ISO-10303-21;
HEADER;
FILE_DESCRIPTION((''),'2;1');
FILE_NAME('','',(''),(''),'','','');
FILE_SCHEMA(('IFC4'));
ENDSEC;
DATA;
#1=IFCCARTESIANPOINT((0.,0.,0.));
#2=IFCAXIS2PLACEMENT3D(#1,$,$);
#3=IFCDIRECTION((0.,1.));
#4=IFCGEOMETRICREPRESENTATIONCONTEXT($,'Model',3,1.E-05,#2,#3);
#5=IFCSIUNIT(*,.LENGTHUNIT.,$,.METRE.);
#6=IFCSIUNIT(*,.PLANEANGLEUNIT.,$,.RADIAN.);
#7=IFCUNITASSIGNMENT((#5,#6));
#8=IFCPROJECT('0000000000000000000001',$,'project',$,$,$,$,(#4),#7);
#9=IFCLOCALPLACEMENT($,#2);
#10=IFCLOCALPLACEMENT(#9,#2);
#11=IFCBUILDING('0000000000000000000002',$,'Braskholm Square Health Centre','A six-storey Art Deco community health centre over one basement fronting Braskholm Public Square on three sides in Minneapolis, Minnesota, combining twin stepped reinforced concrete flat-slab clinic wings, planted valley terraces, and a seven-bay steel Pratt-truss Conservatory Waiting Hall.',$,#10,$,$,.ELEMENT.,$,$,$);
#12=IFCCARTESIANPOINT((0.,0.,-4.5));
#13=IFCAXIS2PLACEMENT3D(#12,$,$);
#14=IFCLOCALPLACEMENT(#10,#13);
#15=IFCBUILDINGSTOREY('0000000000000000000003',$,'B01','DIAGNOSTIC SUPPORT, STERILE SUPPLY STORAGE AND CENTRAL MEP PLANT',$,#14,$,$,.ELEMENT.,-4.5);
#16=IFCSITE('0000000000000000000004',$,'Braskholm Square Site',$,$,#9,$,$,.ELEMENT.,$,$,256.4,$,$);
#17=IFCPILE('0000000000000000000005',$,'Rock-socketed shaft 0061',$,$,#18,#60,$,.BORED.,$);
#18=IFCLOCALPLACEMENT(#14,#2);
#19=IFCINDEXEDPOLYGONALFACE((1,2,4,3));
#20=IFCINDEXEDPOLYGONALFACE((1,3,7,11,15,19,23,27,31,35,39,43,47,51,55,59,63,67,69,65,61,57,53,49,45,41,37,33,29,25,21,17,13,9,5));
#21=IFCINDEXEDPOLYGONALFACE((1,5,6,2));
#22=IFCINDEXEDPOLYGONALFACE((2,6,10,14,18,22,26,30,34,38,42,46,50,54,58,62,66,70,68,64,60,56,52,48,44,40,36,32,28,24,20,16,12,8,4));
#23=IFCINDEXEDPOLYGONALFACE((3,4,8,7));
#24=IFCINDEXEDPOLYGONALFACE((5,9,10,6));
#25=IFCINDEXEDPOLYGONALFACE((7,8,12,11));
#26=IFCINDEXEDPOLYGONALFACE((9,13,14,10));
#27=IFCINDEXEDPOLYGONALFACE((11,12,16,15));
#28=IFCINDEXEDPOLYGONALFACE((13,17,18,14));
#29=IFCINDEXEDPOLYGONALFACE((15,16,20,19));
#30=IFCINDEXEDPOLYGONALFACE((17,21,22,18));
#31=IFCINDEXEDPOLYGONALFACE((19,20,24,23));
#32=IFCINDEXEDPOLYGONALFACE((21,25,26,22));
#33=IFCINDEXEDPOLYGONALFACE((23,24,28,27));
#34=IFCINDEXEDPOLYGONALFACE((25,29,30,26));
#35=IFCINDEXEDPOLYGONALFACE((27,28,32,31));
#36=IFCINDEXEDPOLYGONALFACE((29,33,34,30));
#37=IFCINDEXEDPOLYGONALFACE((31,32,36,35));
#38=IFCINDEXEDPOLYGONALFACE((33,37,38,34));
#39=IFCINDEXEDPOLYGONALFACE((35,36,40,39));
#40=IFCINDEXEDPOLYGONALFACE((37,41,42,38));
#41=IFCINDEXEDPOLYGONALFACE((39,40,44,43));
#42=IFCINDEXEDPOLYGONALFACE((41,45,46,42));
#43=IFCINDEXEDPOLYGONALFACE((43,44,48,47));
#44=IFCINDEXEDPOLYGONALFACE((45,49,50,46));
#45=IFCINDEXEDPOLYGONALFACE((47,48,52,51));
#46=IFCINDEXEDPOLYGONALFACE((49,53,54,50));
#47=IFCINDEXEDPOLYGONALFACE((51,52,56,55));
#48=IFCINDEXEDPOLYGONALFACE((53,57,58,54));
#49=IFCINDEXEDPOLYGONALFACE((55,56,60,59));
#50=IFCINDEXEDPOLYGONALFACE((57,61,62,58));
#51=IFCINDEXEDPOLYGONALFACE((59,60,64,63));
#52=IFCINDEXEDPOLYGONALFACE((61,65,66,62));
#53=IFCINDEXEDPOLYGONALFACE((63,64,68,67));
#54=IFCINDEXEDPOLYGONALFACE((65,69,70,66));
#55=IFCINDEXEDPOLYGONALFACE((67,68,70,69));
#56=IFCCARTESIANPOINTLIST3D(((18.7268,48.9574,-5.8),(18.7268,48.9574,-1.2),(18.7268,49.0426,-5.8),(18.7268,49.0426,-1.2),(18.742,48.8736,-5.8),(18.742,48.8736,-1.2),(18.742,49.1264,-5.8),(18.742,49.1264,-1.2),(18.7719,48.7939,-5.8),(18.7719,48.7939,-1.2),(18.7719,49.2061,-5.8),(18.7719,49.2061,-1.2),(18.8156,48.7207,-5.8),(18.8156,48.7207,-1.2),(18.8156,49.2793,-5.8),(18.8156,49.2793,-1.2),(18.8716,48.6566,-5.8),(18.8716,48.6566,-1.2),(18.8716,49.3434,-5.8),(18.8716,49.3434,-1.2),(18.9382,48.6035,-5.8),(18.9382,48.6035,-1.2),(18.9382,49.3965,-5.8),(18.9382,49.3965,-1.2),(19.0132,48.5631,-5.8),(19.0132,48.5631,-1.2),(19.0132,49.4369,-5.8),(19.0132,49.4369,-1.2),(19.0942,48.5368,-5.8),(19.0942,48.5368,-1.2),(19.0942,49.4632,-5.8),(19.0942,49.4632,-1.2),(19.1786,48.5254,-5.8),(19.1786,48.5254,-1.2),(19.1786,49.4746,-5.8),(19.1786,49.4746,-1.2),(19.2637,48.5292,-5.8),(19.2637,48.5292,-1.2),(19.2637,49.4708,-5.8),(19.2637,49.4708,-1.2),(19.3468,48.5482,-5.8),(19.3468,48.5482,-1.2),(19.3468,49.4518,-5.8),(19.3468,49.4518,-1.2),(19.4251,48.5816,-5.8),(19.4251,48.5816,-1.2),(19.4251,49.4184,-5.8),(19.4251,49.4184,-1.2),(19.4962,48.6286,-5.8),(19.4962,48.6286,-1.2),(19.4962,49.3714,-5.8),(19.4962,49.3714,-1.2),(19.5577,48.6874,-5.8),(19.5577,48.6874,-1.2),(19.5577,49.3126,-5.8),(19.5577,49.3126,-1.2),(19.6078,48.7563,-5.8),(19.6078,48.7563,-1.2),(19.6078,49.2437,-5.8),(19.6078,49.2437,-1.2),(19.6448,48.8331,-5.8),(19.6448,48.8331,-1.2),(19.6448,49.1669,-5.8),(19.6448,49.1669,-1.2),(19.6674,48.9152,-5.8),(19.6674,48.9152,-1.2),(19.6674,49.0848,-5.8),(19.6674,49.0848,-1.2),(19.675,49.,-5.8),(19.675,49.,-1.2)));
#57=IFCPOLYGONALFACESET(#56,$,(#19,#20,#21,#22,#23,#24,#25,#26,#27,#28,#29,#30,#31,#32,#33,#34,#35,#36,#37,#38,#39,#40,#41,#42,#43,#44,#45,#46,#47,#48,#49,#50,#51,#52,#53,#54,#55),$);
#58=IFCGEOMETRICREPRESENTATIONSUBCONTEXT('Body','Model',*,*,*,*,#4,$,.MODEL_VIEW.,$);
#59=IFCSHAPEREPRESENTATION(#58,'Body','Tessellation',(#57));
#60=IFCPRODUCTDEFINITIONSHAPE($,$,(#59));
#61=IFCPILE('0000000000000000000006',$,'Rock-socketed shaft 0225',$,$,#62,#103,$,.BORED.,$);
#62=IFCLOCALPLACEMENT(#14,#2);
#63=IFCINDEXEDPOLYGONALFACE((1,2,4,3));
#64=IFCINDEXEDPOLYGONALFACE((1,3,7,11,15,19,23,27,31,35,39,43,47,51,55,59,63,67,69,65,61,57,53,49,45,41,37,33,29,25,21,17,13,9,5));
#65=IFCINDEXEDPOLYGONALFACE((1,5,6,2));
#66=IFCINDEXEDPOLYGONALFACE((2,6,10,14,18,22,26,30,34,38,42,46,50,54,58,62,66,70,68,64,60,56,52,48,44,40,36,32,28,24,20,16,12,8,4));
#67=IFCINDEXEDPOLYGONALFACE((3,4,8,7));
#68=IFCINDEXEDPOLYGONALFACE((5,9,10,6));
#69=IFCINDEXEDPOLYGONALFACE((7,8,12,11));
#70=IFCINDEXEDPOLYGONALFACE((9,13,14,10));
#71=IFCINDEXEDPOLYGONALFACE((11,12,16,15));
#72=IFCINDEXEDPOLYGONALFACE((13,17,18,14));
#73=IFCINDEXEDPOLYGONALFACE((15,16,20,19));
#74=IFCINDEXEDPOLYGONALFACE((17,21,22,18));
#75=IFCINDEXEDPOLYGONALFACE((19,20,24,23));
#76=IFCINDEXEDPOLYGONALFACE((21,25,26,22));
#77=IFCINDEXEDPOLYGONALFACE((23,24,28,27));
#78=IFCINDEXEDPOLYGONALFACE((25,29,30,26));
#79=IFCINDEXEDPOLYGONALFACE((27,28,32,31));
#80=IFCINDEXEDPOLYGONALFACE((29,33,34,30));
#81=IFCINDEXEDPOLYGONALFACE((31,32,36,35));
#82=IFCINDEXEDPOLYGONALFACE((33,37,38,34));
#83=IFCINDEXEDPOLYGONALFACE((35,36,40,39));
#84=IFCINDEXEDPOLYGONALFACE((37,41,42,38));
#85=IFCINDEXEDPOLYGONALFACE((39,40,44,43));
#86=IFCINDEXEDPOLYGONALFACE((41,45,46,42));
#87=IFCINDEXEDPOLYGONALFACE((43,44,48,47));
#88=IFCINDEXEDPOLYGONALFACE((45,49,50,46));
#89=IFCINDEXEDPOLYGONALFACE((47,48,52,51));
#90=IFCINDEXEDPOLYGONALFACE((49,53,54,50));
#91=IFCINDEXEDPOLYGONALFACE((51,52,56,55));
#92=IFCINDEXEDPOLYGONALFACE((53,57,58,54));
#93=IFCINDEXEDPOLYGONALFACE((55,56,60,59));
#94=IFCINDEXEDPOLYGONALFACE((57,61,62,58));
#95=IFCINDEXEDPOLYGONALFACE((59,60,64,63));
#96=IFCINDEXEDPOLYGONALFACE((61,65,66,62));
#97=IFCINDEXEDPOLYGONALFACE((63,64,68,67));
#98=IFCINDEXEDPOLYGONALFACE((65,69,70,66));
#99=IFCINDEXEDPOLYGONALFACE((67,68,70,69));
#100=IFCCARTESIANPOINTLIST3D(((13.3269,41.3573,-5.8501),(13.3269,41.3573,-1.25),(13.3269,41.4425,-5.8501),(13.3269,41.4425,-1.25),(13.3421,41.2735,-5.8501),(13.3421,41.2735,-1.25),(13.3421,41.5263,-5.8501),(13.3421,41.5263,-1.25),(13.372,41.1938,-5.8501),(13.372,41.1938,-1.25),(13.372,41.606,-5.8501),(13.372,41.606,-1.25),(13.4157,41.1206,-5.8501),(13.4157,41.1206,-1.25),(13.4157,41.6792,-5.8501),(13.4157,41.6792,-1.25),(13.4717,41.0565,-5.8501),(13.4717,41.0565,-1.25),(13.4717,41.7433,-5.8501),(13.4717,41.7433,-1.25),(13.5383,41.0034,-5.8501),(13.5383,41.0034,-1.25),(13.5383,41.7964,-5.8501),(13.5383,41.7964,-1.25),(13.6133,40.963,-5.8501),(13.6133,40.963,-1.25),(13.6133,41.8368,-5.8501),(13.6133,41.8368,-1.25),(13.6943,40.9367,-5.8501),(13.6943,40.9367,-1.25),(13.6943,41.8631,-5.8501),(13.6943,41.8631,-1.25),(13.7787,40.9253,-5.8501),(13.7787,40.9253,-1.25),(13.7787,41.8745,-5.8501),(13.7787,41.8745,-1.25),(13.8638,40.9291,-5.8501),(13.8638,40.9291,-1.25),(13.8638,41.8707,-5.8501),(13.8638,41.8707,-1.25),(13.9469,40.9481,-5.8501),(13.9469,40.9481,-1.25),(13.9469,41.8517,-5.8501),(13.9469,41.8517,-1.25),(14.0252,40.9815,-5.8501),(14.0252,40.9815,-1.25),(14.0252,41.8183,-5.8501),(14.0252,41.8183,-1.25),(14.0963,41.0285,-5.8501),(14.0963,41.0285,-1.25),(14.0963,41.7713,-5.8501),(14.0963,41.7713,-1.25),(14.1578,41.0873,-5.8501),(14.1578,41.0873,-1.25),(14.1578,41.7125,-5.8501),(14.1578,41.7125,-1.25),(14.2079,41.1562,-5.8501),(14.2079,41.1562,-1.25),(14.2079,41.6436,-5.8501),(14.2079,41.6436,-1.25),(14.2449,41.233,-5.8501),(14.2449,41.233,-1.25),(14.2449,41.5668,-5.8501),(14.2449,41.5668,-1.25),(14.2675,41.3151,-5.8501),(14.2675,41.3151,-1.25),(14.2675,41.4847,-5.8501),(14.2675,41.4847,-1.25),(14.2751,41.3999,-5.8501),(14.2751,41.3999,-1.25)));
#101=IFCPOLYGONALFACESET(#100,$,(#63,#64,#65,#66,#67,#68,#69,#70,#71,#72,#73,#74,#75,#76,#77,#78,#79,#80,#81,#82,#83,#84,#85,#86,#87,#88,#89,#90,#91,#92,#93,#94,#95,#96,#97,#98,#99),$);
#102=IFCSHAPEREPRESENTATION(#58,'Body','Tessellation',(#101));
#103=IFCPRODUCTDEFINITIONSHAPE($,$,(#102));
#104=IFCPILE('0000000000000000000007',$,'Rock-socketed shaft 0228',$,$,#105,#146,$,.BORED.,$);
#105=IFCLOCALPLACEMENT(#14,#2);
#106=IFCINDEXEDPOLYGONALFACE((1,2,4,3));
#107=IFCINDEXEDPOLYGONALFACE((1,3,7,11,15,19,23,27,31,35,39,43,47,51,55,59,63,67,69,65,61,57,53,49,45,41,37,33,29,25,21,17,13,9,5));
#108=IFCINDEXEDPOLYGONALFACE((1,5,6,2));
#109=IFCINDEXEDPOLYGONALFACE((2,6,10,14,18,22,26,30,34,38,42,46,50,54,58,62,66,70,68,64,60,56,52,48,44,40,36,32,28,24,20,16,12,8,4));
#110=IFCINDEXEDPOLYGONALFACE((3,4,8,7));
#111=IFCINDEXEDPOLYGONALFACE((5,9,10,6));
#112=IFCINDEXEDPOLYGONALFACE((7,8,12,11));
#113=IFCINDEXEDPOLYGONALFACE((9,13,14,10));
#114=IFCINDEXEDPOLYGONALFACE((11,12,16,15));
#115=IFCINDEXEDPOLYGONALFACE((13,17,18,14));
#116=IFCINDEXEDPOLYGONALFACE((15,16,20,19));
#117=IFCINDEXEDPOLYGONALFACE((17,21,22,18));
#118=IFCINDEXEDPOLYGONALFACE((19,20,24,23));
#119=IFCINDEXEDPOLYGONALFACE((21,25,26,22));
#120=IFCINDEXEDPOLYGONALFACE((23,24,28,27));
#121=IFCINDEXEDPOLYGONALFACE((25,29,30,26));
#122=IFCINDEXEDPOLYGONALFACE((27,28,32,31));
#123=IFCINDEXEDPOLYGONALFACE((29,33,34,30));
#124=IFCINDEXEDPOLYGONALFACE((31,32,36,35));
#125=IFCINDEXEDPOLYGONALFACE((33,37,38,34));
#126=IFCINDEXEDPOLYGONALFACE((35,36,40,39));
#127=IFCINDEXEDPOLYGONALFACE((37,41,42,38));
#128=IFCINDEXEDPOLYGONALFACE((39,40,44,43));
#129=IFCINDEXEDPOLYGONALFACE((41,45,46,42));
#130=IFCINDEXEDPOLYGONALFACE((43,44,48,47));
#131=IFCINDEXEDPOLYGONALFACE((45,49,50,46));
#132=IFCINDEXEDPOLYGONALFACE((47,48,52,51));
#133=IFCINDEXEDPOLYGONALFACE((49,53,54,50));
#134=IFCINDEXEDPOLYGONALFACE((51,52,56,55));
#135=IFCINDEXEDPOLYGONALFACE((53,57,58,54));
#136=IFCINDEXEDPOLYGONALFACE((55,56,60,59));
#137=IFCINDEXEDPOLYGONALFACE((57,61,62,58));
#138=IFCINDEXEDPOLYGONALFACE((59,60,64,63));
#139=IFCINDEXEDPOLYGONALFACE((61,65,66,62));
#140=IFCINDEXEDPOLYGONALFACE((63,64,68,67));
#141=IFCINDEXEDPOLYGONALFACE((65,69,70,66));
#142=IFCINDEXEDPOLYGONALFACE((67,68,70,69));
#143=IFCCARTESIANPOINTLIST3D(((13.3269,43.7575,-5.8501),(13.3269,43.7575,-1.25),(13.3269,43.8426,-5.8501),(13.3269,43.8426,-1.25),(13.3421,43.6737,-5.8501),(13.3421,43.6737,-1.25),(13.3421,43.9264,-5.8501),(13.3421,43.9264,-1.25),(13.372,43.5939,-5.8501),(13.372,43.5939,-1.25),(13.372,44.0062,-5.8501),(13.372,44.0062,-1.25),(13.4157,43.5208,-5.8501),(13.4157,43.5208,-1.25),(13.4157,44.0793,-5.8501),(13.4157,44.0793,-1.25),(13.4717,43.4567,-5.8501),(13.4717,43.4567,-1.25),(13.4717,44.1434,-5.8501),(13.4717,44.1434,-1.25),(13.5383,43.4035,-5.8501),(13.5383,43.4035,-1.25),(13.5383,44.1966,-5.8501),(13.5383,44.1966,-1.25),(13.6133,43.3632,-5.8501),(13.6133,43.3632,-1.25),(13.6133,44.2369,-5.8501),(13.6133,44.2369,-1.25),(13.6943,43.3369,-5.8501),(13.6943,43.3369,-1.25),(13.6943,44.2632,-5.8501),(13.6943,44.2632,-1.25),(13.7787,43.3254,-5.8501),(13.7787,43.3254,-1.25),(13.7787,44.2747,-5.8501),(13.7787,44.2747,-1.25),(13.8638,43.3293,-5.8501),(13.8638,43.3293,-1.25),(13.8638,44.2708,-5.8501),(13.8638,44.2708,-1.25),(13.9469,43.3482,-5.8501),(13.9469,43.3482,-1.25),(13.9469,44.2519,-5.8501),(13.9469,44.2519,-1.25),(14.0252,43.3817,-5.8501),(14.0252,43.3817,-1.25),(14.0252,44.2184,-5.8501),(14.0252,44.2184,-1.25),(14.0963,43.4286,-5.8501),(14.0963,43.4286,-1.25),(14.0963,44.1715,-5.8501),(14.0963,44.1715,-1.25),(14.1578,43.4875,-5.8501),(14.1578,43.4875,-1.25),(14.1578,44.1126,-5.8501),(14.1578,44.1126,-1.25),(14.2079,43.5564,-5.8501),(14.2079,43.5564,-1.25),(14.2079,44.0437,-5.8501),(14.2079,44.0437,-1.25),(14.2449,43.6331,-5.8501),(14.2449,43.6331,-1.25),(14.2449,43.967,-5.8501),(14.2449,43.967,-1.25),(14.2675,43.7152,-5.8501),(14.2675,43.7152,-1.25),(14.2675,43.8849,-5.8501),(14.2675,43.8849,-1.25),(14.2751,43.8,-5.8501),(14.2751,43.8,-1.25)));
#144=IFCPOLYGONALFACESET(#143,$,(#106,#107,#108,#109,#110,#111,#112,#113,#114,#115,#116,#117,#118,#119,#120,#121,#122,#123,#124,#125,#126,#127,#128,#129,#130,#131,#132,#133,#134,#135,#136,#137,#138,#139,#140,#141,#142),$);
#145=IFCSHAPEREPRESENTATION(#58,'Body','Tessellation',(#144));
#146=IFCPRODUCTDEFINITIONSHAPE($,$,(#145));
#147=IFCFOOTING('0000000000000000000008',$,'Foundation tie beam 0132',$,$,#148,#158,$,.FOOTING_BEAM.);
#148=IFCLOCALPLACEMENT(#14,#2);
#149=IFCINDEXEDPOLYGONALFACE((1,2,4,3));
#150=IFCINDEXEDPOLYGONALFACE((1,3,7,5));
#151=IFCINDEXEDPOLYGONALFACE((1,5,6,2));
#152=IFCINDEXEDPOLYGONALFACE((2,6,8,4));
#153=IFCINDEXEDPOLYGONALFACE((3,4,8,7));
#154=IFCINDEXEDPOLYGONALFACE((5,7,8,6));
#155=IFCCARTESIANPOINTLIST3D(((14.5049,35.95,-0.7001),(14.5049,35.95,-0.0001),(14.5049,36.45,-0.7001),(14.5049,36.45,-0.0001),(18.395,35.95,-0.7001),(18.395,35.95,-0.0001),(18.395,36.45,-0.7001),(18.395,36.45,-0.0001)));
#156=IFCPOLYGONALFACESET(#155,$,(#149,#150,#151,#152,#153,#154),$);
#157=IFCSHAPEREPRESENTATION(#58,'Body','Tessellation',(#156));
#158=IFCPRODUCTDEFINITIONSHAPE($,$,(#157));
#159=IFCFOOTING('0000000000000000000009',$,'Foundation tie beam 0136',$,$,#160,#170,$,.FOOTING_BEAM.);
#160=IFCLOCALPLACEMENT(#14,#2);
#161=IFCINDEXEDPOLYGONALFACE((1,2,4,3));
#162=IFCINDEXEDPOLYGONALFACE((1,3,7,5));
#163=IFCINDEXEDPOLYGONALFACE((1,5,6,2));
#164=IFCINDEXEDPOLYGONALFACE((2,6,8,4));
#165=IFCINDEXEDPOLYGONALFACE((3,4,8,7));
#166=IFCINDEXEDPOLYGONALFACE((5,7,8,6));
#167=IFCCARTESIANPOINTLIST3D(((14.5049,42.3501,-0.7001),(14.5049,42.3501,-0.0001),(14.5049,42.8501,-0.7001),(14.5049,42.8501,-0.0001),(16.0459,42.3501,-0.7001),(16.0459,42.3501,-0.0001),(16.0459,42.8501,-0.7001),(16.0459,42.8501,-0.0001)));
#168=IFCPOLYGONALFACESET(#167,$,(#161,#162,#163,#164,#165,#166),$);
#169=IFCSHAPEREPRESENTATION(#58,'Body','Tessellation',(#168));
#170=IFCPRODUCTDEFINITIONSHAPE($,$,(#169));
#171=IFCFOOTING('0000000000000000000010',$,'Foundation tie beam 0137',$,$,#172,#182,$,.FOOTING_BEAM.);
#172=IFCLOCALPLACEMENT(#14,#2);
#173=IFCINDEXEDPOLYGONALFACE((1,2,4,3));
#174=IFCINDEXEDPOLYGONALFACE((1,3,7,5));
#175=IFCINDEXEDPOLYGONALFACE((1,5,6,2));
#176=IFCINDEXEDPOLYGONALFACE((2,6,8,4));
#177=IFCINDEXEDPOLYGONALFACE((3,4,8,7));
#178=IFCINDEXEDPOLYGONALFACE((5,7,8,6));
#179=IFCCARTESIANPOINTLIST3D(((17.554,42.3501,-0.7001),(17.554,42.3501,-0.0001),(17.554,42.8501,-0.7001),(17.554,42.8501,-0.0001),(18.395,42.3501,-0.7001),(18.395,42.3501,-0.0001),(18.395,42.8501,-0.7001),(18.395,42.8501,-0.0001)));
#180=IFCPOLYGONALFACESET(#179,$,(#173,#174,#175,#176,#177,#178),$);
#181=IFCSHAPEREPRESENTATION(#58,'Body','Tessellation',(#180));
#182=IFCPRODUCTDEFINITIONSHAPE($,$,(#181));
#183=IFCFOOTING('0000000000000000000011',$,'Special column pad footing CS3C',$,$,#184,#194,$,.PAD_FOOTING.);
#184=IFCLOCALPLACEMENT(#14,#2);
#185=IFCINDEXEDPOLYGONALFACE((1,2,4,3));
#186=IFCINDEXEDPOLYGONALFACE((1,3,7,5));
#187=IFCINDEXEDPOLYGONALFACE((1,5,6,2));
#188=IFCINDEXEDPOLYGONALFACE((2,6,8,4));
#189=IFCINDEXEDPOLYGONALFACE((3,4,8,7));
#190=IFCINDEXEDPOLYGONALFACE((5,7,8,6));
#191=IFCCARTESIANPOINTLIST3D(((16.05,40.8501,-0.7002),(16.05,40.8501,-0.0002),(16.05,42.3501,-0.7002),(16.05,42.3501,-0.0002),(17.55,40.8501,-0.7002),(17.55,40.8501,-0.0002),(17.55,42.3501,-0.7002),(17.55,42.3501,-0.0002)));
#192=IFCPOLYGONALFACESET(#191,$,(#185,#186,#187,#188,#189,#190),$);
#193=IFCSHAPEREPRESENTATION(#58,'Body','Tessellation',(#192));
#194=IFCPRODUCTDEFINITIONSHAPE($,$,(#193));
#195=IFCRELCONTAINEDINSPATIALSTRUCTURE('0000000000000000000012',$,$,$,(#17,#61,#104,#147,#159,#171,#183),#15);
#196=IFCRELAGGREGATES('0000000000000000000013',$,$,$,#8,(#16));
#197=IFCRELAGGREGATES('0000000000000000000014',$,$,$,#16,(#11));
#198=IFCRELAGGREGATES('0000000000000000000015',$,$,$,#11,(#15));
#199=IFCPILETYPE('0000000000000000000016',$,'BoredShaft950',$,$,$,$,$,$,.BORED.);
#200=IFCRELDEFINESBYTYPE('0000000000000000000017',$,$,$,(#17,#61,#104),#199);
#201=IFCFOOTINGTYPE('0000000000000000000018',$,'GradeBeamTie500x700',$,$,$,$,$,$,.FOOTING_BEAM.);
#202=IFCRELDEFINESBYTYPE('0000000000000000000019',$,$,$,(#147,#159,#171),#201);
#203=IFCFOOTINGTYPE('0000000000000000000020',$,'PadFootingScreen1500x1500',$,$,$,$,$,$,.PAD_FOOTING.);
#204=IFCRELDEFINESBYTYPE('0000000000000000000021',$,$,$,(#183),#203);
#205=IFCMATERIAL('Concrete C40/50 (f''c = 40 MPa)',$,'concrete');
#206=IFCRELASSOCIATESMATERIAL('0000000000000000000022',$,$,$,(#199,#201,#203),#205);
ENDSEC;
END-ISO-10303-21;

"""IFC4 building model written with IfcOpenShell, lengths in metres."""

from ifc_helpers import new_model, si_unit, direction, frame, origin, origin_2d, place, context, subcontext, project, spatial, rectangle, circle, extrude, material, material_profile, profile_set, type_object, element, save


model = new_model("IFC4")

# Units and contexts
model_context = context("Model", 3, precision=1e-05, world=origin(), true_north=direction((0.0, 1.0)))
body_context = subcontext(model_context, "Body", "Model", "MODEL_VIEW")
ifc_project = project(units=[si_unit("LENGTHUNIT", "METRE"), si_unit("PLANEANGLEUNIT", "RADIAN")], contexts=[model_context])

# Site, building, storey
site_placement = place(None, origin())
site = spatial("IfcSite", under=ifc_project, at=site_placement, Name="Braskholm Square Site", CompositionType="ELEMENT", RefElevation=256.4)
building_placement = place(site_placement, origin())
building = spatial("IfcBuilding", under=site, at=building_placement, Name="Braskholm Square Health Centre", Description="A six-storey Art Deco community health centre over one basement fronting Braskholm Public Square on three sides in Minneapolis, Minnesota, combining twin stepped reinforced concrete flat-slab clinic wings, planted valley terraces, and a seven-bay steel Pratt-truss Conservatory Waiting Hall.", CompositionType="ELEMENT")
storey_placement = place(building_placement, frame((0.0, 0.0, -4.5)))
storey = spatial("IfcBuildingStorey", under=building, at=storey_placement, Name="B01", Description="DIAGNOSTIC SUPPORT, STERILE SUPPLY STORAGE AND CENTRAL MEP PLANT", CompositionType="ELEMENT", Elevation=-4.5)

# Piles
ifc_material_1 = material(Name="Concrete C40/50 (f'c = 40 MPa)", Category="concrete")
ifc_material_profile_1 = material_profile(ifc_material_1, circle(Radius=0.4751, at=origin_2d()), Name="BORED-PILE-950")
ifc_profile_set_1 = profile_set([ifc_material_profile_1], Name="Concrete C40/50 (f'c = 40 MPa)")
pile_type = type_object("IfcPileType", Name="BoredShaft950", PredefinedType="BORED", material=ifc_profile_set_1)
for number, where, z_axis, x_axis, name in (
    (1, (19.2, 49.0, -1.2), (0.0, 0.0, -1.0), (1.0, 0.0, 0.0), "Rock-socketed shaft 0061"),
    (2, (13.8, 41.3999, -1.25), (0.0, 0.0, -1.0), (1.0, 0.0, 0.0), "Rock-socketed shaft 0225"),
    (3, (13.8, 43.8, -1.25), (0.0, 0.0, -1.0), (1.0, 0.0, 0.0), "Rock-socketed shaft 0228"),
):
    element("IfcPile", number, at=place(storey_placement, frame(where, z_axis=z_axis, x_axis=x_axis)), inside=storey, type_object=pile_type, Name=name, PredefinedType="BORED", context=body_context, shape_type="SweptSolid", body=[
        extrude(circle(Radius=0.4751, at=origin_2d()), origin(), (0.0, 0.0, 1.0), 4.6001),
    ])

# Footings
ifc_material_profile_2 = material_profile(ifc_material_1, rectangle(XDim=0.5, YDim=0.7, at=origin_2d()), Name="FTG-500X700")
ifc_profile_set_2 = profile_set([ifc_material_profile_2], Name="Concrete C40/50 (f'c = 40 MPa)")
footing_type_1 = type_object("IfcFootingType", Name="GradeBeamTie500x700", PredefinedType="FOOTING_BEAM", material=ifc_profile_set_2)
footing_1_placement = place(storey_placement, frame((14.5049, 36.2, -0.3501), z_axis=(1.0, 0.0, 0.0), x_axis=(0.0, 1.0, 0.0)))
element("IfcFooting", 4, at=footing_1_placement, inside=storey, type_object=footing_type_1, Name="Foundation tie beam 0132", PredefinedType="FOOTING_BEAM", context=body_context, shape_type="SweptSolid", body=[
    extrude(rectangle(XDim=0.5, YDim=0.7, at=origin_2d()), origin(), (0.0, 0.0, 1.0), 3.8901),
])
footing_2_placement = place(storey_placement, frame((14.5049, 42.6001, -0.3501), z_axis=(1.0, 0.0, 0.0), x_axis=(0.0, 1.0, 0.0)))
element("IfcFooting", 5, at=footing_2_placement, inside=storey, type_object=footing_type_1, Name="Foundation tie beam 0136", PredefinedType="FOOTING_BEAM", context=body_context, shape_type="SweptSolid", body=[
    extrude(rectangle(XDim=0.5, YDim=0.7, at=origin_2d()), origin(), (0.0, 0.0, 1.0), 1.541),
])
footing_3_placement = place(storey_placement, frame((17.554, 42.6001, -0.3501), z_axis=(1.0, 0.0, 0.0), x_axis=(0.0, 1.0, 0.0)))
element("IfcFooting", 6, at=footing_3_placement, inside=storey, type_object=footing_type_1, Name="Foundation tie beam 0137", PredefinedType="FOOTING_BEAM", context=body_context, shape_type="SweptSolid", body=[
    extrude(rectangle(XDim=0.5, YDim=0.7, at=origin_2d()), origin(), (0.0, 0.0, 1.0), 0.8411),
])
footing_type_2 = type_object("IfcFootingType", Name="PadFootingScreen1500x1500", PredefinedType="PAD_FOOTING", material=ifc_material_1)
footing_4_placement = place(storey_placement, frame((16.8, 41.6001, -0.7002), z_axis=(0.0, 0.0, 1.0), x_axis=(1.0, 0.0, 0.0)))
element("IfcFooting", 7, at=footing_4_placement, inside=storey, type_object=footing_type_2, Name="Special column pad footing CS3C", PredefinedType="PAD_FOOTING", context=body_context, shape_type="SweptSolid", body=[
    extrude(rectangle(XDim=1.5, YDim=1.5, at=origin_2d()), origin(), (0.0, 0.0, 1.0), 0.7),
])

save(model, "model.ifc")
